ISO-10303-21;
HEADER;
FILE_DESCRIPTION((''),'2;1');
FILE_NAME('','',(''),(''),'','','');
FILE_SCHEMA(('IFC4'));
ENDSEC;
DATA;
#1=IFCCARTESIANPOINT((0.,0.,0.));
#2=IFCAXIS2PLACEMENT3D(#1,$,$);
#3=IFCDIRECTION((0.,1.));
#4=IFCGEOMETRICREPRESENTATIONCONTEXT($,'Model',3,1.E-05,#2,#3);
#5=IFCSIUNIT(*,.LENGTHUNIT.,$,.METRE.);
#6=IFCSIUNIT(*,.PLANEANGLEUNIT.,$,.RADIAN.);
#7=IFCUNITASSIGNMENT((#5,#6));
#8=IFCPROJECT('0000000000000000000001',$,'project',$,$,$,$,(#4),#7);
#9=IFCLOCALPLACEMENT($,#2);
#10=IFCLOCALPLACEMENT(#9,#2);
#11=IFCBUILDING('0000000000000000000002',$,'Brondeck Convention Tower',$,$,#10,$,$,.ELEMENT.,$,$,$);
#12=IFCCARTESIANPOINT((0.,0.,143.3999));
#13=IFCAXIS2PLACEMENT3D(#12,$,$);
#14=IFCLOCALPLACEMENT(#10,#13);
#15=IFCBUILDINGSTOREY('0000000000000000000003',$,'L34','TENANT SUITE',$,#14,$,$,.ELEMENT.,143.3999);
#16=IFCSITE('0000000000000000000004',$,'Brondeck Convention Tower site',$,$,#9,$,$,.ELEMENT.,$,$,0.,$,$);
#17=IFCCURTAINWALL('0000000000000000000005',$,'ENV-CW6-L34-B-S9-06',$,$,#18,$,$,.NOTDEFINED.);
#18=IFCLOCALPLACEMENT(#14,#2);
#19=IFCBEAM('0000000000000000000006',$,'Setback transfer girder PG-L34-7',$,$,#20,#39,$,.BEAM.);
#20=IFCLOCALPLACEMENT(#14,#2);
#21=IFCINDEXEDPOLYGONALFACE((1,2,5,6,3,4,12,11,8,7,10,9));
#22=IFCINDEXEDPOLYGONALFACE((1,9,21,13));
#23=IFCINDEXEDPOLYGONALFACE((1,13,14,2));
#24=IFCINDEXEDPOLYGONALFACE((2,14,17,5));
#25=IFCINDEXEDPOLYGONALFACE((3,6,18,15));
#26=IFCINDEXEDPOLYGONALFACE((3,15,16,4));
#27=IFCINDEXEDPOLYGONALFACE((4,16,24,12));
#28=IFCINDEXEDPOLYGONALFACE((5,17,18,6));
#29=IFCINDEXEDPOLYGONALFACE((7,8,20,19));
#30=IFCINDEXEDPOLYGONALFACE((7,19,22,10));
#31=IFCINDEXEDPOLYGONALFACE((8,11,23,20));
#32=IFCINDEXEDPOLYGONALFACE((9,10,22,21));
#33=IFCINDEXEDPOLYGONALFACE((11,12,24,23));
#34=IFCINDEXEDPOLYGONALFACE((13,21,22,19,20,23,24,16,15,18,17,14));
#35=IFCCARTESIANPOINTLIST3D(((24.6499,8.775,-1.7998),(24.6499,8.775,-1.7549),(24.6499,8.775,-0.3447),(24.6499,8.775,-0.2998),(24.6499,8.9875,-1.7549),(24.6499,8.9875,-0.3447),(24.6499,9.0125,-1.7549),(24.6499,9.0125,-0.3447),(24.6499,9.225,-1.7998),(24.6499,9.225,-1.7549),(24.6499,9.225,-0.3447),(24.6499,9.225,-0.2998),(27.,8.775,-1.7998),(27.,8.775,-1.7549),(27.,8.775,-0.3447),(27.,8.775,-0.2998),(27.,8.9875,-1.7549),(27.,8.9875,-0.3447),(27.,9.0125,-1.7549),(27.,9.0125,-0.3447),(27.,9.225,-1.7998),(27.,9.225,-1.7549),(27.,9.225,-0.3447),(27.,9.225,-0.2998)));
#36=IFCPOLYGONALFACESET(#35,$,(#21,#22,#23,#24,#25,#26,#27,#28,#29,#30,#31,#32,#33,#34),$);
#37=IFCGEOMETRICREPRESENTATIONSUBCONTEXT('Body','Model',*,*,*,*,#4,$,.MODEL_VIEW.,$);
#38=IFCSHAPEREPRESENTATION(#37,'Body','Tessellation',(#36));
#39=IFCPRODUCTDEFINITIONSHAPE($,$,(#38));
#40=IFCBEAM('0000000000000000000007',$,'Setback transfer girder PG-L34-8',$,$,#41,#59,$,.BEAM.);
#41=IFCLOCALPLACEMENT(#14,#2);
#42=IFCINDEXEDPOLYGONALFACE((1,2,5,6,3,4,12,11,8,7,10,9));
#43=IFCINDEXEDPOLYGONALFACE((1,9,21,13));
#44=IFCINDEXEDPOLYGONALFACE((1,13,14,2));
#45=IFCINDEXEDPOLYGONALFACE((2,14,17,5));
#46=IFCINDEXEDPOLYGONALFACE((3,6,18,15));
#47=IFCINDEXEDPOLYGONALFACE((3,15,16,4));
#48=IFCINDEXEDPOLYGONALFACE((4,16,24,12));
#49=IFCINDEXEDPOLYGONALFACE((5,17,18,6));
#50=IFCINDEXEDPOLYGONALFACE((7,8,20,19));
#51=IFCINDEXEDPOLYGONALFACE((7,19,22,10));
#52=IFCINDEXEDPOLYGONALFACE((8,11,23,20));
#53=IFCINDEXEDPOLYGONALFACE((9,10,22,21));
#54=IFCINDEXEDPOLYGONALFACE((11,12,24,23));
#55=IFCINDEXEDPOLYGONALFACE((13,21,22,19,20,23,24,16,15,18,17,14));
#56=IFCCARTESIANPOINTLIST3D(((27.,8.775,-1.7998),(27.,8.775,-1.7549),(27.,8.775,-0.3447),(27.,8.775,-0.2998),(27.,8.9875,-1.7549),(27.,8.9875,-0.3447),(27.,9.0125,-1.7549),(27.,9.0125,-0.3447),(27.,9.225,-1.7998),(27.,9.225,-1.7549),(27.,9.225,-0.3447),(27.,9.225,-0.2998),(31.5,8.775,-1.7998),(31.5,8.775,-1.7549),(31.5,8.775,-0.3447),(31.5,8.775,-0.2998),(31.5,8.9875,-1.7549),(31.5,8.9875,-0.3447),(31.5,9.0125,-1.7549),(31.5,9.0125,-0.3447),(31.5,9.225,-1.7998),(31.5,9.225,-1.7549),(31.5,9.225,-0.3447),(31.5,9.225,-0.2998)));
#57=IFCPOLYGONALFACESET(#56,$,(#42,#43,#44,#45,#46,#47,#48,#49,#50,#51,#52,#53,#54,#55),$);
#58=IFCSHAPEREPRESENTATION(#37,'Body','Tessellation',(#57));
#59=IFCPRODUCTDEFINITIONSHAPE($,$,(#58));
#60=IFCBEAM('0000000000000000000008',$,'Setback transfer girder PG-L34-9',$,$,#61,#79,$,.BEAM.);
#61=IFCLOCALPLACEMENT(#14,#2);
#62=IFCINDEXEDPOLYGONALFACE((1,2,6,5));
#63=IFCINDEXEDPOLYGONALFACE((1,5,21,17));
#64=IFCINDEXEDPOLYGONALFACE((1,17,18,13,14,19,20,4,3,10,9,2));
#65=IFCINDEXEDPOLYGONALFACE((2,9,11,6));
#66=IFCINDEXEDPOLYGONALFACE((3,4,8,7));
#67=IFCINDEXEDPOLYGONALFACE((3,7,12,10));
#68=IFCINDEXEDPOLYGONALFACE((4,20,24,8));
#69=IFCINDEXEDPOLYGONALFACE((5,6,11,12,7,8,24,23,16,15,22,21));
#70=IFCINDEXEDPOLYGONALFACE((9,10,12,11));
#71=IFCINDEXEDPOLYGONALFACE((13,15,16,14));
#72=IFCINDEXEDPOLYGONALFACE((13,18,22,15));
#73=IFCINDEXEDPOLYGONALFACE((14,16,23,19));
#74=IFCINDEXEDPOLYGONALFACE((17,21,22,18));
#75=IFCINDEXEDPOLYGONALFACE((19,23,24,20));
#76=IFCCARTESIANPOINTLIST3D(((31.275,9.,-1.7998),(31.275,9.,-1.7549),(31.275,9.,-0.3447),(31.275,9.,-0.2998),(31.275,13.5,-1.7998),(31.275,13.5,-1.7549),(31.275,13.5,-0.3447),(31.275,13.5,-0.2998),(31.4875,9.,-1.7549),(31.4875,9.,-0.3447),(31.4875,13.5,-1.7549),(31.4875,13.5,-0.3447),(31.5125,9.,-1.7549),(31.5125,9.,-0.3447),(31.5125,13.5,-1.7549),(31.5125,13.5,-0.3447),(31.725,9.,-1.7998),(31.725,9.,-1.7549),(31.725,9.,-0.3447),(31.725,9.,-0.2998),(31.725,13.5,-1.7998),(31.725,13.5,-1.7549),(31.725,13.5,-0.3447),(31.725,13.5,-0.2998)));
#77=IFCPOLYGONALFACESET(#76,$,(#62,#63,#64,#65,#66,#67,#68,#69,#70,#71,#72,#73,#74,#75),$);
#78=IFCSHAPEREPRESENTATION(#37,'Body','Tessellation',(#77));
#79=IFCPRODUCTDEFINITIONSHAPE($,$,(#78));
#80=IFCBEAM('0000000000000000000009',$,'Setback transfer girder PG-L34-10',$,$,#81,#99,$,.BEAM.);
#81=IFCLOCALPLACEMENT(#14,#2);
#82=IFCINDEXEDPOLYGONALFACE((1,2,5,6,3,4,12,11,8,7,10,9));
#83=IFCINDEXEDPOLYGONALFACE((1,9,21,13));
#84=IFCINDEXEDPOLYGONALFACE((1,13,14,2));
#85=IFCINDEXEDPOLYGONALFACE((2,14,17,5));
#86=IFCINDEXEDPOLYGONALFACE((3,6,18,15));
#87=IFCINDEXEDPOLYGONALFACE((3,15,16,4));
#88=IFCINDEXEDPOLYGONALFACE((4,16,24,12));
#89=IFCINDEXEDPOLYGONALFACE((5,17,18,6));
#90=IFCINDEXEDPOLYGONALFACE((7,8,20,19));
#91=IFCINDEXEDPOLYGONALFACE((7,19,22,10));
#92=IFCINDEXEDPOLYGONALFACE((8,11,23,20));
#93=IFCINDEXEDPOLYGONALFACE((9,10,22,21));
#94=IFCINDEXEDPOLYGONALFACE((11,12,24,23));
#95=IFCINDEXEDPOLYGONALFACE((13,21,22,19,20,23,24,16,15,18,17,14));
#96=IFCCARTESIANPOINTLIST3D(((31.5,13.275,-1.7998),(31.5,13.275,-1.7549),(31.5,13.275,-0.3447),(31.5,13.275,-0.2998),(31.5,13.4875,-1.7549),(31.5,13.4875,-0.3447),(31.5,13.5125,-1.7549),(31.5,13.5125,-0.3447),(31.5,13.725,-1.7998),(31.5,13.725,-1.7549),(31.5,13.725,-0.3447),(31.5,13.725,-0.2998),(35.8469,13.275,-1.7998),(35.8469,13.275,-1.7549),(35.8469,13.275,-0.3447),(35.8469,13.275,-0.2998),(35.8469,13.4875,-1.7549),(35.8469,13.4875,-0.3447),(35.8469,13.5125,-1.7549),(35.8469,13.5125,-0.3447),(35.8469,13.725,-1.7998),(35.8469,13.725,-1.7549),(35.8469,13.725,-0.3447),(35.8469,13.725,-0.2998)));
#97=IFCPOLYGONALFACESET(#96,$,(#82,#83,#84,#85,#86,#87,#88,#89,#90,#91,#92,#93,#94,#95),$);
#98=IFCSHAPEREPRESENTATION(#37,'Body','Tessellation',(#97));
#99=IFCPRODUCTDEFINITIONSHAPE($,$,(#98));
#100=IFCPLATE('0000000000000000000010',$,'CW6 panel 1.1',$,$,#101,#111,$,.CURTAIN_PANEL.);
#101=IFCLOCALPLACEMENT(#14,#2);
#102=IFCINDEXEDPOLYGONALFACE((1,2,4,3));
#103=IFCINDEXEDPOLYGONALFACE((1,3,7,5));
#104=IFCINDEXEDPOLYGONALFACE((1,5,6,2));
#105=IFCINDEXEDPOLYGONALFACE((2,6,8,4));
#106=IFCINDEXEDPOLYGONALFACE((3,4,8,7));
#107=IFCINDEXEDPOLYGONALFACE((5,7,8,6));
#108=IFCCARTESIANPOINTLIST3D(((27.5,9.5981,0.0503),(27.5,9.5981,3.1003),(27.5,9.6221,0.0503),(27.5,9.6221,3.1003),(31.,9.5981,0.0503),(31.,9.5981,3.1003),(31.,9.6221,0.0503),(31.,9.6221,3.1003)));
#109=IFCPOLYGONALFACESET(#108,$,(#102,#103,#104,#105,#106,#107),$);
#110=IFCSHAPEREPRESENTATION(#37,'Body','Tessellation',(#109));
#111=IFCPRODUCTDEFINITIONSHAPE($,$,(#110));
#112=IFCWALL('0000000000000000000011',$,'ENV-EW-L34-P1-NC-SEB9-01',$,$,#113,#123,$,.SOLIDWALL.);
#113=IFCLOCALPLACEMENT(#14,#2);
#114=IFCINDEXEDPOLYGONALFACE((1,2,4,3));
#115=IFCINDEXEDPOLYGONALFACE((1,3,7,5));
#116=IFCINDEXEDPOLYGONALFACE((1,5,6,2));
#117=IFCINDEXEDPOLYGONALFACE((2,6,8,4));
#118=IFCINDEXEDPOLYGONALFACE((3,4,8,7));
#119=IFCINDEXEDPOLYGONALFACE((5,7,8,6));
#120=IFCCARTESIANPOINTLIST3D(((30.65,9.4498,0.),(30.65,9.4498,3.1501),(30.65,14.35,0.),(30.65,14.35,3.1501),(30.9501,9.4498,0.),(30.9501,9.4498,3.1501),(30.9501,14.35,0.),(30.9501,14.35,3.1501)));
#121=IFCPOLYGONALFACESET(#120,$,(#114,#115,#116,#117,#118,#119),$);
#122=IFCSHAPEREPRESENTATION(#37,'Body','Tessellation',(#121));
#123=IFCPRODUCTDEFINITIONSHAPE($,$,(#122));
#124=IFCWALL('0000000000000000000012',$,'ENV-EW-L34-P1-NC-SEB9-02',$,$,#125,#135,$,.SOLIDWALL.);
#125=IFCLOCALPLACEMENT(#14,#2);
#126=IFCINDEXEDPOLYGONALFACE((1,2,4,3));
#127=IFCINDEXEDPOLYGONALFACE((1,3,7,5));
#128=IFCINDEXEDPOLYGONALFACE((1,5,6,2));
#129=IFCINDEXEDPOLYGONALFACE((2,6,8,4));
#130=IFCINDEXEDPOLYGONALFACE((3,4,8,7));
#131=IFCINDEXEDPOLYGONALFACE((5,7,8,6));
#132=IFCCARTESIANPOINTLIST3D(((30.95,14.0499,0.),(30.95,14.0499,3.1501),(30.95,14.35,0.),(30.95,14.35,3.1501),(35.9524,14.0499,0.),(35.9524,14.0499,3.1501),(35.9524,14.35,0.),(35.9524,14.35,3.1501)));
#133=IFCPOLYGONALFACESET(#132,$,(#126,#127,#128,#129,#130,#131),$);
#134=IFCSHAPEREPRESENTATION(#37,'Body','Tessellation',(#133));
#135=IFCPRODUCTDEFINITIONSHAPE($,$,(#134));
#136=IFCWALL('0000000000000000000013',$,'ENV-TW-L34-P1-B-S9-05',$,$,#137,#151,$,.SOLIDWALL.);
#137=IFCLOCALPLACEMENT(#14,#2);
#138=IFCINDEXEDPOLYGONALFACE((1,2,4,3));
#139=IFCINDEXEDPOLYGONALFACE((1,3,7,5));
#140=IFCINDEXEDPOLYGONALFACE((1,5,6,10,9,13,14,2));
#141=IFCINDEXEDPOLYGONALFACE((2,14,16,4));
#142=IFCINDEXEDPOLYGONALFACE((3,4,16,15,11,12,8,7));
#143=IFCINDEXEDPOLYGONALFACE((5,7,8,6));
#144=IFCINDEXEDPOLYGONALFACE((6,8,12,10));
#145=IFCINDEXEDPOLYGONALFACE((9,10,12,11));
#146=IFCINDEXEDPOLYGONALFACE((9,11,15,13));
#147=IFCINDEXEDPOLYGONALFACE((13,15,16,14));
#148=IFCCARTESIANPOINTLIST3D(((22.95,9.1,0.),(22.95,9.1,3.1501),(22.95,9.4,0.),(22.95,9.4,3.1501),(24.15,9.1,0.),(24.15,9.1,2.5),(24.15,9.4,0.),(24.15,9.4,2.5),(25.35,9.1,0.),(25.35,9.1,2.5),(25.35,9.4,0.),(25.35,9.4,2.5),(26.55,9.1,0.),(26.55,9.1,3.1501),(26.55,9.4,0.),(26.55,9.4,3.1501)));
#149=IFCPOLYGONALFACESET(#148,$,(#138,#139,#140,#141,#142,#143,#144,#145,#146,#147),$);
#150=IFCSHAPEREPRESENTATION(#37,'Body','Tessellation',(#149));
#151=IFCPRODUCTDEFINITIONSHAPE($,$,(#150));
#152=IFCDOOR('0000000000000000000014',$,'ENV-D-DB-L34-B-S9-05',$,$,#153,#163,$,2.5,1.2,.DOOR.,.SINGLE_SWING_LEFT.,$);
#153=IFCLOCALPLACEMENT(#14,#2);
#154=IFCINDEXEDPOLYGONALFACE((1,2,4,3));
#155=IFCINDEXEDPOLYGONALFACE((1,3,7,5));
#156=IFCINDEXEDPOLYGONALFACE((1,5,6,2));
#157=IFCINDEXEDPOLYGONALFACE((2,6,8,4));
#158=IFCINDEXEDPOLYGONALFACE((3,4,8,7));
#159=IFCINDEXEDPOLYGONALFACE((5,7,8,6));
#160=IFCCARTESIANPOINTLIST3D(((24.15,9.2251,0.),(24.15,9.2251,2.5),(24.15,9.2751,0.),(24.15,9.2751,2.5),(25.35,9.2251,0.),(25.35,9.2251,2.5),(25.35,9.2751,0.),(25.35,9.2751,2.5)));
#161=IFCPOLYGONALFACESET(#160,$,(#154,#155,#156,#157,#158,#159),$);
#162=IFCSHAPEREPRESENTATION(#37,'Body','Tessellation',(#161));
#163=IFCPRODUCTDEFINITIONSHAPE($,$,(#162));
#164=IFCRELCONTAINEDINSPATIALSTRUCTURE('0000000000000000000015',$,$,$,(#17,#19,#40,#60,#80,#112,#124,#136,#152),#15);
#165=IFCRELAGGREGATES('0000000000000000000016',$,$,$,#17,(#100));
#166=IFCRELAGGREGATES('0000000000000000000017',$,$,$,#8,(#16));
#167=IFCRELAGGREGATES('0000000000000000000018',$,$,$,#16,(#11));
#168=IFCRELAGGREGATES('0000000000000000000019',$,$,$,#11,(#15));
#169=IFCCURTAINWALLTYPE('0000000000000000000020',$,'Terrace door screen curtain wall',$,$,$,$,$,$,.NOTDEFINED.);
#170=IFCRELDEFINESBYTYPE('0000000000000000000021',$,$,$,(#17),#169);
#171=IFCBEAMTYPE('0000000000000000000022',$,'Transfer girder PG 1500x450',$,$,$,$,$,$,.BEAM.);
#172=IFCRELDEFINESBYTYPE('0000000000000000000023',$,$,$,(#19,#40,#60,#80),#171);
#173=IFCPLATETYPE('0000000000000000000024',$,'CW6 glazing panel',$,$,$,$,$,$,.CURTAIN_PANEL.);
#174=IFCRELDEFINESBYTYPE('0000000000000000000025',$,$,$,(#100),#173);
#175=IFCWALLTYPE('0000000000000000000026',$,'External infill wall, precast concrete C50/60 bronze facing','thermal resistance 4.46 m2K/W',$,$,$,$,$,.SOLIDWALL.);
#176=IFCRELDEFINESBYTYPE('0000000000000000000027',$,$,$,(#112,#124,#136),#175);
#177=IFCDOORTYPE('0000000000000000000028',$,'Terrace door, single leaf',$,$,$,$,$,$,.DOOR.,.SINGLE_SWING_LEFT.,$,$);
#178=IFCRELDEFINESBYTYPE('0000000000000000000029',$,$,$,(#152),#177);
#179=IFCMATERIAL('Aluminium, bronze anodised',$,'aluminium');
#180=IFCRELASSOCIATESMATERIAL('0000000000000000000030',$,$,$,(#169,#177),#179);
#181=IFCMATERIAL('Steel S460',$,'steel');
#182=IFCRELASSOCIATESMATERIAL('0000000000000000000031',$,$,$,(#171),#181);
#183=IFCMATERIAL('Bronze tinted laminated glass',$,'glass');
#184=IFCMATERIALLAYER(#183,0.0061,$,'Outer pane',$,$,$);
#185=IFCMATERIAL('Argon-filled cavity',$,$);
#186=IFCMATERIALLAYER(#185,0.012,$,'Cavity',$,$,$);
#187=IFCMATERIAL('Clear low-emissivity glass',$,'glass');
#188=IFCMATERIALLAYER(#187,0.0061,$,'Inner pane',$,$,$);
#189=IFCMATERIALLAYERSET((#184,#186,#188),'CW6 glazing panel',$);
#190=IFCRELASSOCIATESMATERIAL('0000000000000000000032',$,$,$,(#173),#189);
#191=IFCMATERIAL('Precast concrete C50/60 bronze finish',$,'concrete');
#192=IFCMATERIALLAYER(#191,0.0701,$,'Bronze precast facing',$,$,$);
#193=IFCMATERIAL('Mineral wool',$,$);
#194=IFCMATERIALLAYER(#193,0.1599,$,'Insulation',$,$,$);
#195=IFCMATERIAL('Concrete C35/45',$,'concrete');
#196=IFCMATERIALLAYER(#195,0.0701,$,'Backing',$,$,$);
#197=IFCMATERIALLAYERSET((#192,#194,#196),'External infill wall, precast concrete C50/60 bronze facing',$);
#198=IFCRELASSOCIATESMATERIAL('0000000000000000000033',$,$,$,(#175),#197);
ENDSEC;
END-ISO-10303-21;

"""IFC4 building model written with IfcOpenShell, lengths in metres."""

from ifc_helpers import new_model, si_unit, direction, frame, frame_2d, origin, origin_2d, place, context, subcontext, project, spatial, rectangle, i_section, extrude, material, layer, layer_set, material_profile, profile_set, type_object, element, fill, aggregate, save


model = new_model("IFC4")

# Units and contexts
model_context = context("Model", 3, precision=1e-05, world=origin(), true_north=direction((0.0, 1.0)))
body_context = subcontext(model_context, "Body", "Model", "MODEL_VIEW")
ifc_project = project(units=[si_unit("LENGTHUNIT", "METRE"), si_unit("PLANEANGLEUNIT", "RADIAN")], contexts=[model_context])

# Site, building, storey
site_placement = place(None, origin())
site = spatial("IfcSite", under=ifc_project, at=site_placement, Name="Brondeck Convention Tower site", CompositionType="ELEMENT", RefElevation=0.0)
building_placement = place(site_placement, origin())
building = spatial("IfcBuilding", under=site, at=building_placement, Name="Brondeck Convention Tower", CompositionType="ELEMENT")
storey_placement = place(building_placement, frame((0.0, 0.0, 143.3999)))
storey = spatial("IfcBuildingStorey", under=building, at=storey_placement, Name="L34", Description="TENANT SUITE", CompositionType="ELEMENT", Elevation=143.3999)

# Curtain wall
ifc_material_1 = material(Name="Aluminium, bronze anodised", Category="aluminium")
curtain_wall_type = type_object("IfcCurtainWallType", Name="Terrace door screen curtain wall", PredefinedType="NOTDEFINED", material=ifc_material_1)
curtain_wall_placement = place(storey_placement, origin())
curtain_wall = element("IfcCurtainWall", 1, at=curtain_wall_placement, inside=storey, type_object=curtain_wall_type, Name="ENV-CW6-L34-B-S9-06", PredefinedType="NOTDEFINED")

# Beams
ifc_material_2 = material(Name="Steel S460", Category="steel")
ifc_material_profile_1 = material_profile(ifc_material_2, i_section(OverallWidth=0.45, OverallDepth=1.5, WebThickness=0.0249, FlangeThickness=0.0449, at=origin_2d()), Name="PG 1500x450")
ifc_profile_set_1 = profile_set([ifc_material_profile_1], Name="Steel S460")
beam_type_1 = type_object("IfcBeamType", Name="Transfer girder PG 1500x450", PredefinedType="BEAM", material=ifc_profile_set_1)
beam_1_placement = place(storey_placement, frame((24.6499, 9.0, -1.0498), z_axis=(1.0, 0.0, 0.0), x_axis=(0.0, 1.0, 0.0)))
element("IfcBeam", 2, at=beam_1_placement, inside=storey, type_object=beam_type_1, Name="Setback transfer girder PG-L34-7", PredefinedType="BEAM", context=body_context, shape_type="SweptSolid", body=[
    extrude(i_section(OverallWidth=0.45, OverallDepth=1.5, WebThickness=0.0249, FlangeThickness=0.0449, at=origin_2d()), origin(), (0.0, 0.0, 1.0), 2.3501),
])
for number, where, z_axis, x_axis, name in (
    (3, (27.0, 9.0, -1.0498), (1.0, 0.0, 0.0), (0.0, 1.0, 0.0), "Setback transfer girder PG-L34-8"),
    (4, (31.5, 9.0, -1.0498), (0.0, 1.0, 0.0), (-1.0, 0.0, 0.0), "Setback transfer girder PG-L34-9"),
):
    element("IfcBeam", number, at=place(storey_placement, frame(where, z_axis=z_axis, x_axis=x_axis)), inside=storey, type_object=beam_type_1, Name=name, PredefinedType="BEAM", context=body_context, shape_type="SweptSolid", body=[
        extrude(i_section(OverallWidth=0.45, OverallDepth=1.5, WebThickness=0.0249, FlangeThickness=0.0449, at=origin_2d()), origin(), (0.0, 0.0, 1.0), 4.5),
    ])
beam_2_placement = place(storey_placement, frame((31.5, 13.5, -1.0498), z_axis=(1.0, 0.0, 0.0), x_axis=(0.0, 1.0, 0.0)))
element("IfcBeam", 5, at=beam_2_placement, inside=storey, type_object=beam_type_1, Name="Setback transfer girder PG-L34-10", PredefinedType="BEAM", context=body_context, shape_type="SweptSolid", body=[
    extrude(i_section(OverallWidth=0.45, OverallDepth=1.5, WebThickness=0.0249, FlangeThickness=0.0449, at=origin_2d()), origin(), (0.0, 0.0, 1.0), 4.3469),
])

# Plate
ifc_material_3 = material(Name="Bronze tinted laminated glass", Category="glass")
ifc_layer_1 = layer(ifc_material_3, 0.0061, Name="Outer pane")
ifc_material_4 = material(Name="Argon-filled cavity")
ifc_layer_2 = layer(ifc_material_4, 0.012, Name="Cavity")
ifc_material_5 = material(Name="Clear low-emissivity glass", Category="glass")
ifc_layer_3 = layer(ifc_material_5, 0.0061, Name="Inner pane")
ifc_layer_set_1 = layer_set([ifc_layer_1, ifc_layer_2, ifc_layer_3], Name="CW6 glazing panel")
plate_type = type_object("IfcPlateType", Name="CW6 glazing panel", PredefinedType="CURTAIN_PANEL", material=ifc_layer_set_1)
plate_placement = place(storey_placement, frame((29.25, 9.6101, 0.0503), z_axis=(0.0, 0.0, 1.0), x_axis=(-1.0, 0.0, 0.0)))
plate = element("IfcPlate", 6, at=plate_placement, type_object=plate_type, Name="CW6 panel 1.1", PredefinedType="CURTAIN_PANEL", context=body_context, shape_type="SweptSolid", body=[
    extrude(rectangle(XDim=3.5, YDim=0.0239, at=origin_2d()), origin(), (0.0, 0.0, 1.0), 3.05),
])
aggregate(curtain_wall, [plate])

# Walls
ifc_material_6 = material(Name="Precast concrete C50/60 bronze finish", Category="concrete")
ifc_layer_4 = layer(ifc_material_6, 0.0701, Name="Bronze precast facing")
ifc_material_7 = material(Name="Mineral wool")
ifc_layer_5 = layer(ifc_material_7, 0.1599, Name="Insulation")
ifc_material_8 = material(Name="Concrete C35/45", Category="concrete")
ifc_layer_6 = layer(ifc_material_8, 0.0701, Name="Backing")
ifc_layer_set_2 = layer_set([ifc_layer_4, ifc_layer_5, ifc_layer_6], Name="External infill wall, precast concrete C50/60 bronze facing")
wall_type_1 = type_object("IfcWallType", Name="External infill wall, precast concrete C50/60 bronze facing", Description="thermal resistance 4.46 m2K/W", PredefinedType="SOLIDWALL", material=ifc_layer_set_2)
wall_1_placement = place(storey_placement, frame((30.8, 14.3501, 0.0), z_axis=(0.0, 0.0, 1.0), x_axis=(0.0, -1.0, 0.0)))
element("IfcWall", 7, at=wall_1_placement, inside=storey, type_object=wall_type_1, Name="ENV-EW-L34-P1-NC-SEB9-01", PredefinedType="SOLIDWALL", context=body_context, shape_type="SweptSolid", body=[
    extrude(rectangle(XDim=4.9001, YDim=0.3, at=frame_2d((2.4502, 0.0))), origin(), (0.0, 0.0, 1.0), 3.1501),
])
wall_2_placement = place(storey_placement, frame((35.9524, 14.2, 0.0), z_axis=(0.0, 0.0, 1.0), x_axis=(-1.0, 0.0, 0.0)))
element("IfcWall", 8, at=wall_2_placement, inside=storey, type_object=wall_type_1, Name="ENV-EW-L34-P1-NC-SEB9-02", PredefinedType="SOLIDWALL", context=body_context, shape_type="SweptSolid", body=[
    extrude(rectangle(XDim=5.0024, YDim=0.3, at=frame_2d((2.5012, 0.0))), origin(), (0.0, 0.0, 1.0), 3.1501),
])

# Wall, opening, door
wall_3_placement = place(storey_placement, frame((26.55, 9.25, 0.0), z_axis=(0.0, 0.0, 1.0), x_axis=(-1.0, 0.0, 0.0)))
wall_3 = element("IfcWall", 9, at=wall_3_placement, inside=storey, type_object=wall_type_1, Name="ENV-TW-L34-P1-B-S9-05", PredefinedType="SOLIDWALL", context=body_context, shape_type="SweptSolid", body=[
    extrude(rectangle(XDim=3.6001, YDim=0.3, at=frame_2d((1.8, 0.0))), origin(), (0.0, 0.0, 1.0), 3.1501),
])
opening_1_placement = place(wall_3_placement, frame((1.2, 0.0, 0.0)))
opening_1 = element("IfcOpeningElement", 10, at=opening_1_placement, cuts=wall_3, PredefinedType="OPENING", context=body_context, shape_type="SweptSolid", body=[
    extrude(rectangle(XDim=1.2, YDim=2.5, at=frame_2d((0.6001, 1.25))), frame((0.0, 0.1599, 0.0), z_axis=(0.0, -1.0, 0.0), x_axis=(1.0, 0.0, 0.0)), (0.0, 0.0, 1.0), 0.3201),
])
door_type_1 = type_object("IfcDoorType", Name="Terrace door, single leaf", OperationType="SINGLE_SWING_LEFT", PredefinedType="DOOR", material=ifc_material_1)
door_1_placement = place(opening_1_placement, origin())
door_1 = element("IfcDoor", 11, at=door_1_placement, inside=storey, type_object=door_type_1, Name="ENV-D-DB-L34-B-S9-05", OperationType="SINGLE_SWING_LEFT", OverallHeight=2.5, OverallWidth=1.2, PredefinedType="DOOR", context=body_context, shape_type="SweptSolid", body=[
    extrude(rectangle(XDim=1.2, YDim=2.5, at=frame_2d((0.6001, 1.25))), frame((0.0, 0.0249, 0.0), z_axis=(0.0, -1.0, 0.0), x_axis=(1.0, 0.0, 0.0)), (0.0, 0.0, 1.0), 0.05),
])
fill(opening_1, door_1)

save(model, "model.ifc")
